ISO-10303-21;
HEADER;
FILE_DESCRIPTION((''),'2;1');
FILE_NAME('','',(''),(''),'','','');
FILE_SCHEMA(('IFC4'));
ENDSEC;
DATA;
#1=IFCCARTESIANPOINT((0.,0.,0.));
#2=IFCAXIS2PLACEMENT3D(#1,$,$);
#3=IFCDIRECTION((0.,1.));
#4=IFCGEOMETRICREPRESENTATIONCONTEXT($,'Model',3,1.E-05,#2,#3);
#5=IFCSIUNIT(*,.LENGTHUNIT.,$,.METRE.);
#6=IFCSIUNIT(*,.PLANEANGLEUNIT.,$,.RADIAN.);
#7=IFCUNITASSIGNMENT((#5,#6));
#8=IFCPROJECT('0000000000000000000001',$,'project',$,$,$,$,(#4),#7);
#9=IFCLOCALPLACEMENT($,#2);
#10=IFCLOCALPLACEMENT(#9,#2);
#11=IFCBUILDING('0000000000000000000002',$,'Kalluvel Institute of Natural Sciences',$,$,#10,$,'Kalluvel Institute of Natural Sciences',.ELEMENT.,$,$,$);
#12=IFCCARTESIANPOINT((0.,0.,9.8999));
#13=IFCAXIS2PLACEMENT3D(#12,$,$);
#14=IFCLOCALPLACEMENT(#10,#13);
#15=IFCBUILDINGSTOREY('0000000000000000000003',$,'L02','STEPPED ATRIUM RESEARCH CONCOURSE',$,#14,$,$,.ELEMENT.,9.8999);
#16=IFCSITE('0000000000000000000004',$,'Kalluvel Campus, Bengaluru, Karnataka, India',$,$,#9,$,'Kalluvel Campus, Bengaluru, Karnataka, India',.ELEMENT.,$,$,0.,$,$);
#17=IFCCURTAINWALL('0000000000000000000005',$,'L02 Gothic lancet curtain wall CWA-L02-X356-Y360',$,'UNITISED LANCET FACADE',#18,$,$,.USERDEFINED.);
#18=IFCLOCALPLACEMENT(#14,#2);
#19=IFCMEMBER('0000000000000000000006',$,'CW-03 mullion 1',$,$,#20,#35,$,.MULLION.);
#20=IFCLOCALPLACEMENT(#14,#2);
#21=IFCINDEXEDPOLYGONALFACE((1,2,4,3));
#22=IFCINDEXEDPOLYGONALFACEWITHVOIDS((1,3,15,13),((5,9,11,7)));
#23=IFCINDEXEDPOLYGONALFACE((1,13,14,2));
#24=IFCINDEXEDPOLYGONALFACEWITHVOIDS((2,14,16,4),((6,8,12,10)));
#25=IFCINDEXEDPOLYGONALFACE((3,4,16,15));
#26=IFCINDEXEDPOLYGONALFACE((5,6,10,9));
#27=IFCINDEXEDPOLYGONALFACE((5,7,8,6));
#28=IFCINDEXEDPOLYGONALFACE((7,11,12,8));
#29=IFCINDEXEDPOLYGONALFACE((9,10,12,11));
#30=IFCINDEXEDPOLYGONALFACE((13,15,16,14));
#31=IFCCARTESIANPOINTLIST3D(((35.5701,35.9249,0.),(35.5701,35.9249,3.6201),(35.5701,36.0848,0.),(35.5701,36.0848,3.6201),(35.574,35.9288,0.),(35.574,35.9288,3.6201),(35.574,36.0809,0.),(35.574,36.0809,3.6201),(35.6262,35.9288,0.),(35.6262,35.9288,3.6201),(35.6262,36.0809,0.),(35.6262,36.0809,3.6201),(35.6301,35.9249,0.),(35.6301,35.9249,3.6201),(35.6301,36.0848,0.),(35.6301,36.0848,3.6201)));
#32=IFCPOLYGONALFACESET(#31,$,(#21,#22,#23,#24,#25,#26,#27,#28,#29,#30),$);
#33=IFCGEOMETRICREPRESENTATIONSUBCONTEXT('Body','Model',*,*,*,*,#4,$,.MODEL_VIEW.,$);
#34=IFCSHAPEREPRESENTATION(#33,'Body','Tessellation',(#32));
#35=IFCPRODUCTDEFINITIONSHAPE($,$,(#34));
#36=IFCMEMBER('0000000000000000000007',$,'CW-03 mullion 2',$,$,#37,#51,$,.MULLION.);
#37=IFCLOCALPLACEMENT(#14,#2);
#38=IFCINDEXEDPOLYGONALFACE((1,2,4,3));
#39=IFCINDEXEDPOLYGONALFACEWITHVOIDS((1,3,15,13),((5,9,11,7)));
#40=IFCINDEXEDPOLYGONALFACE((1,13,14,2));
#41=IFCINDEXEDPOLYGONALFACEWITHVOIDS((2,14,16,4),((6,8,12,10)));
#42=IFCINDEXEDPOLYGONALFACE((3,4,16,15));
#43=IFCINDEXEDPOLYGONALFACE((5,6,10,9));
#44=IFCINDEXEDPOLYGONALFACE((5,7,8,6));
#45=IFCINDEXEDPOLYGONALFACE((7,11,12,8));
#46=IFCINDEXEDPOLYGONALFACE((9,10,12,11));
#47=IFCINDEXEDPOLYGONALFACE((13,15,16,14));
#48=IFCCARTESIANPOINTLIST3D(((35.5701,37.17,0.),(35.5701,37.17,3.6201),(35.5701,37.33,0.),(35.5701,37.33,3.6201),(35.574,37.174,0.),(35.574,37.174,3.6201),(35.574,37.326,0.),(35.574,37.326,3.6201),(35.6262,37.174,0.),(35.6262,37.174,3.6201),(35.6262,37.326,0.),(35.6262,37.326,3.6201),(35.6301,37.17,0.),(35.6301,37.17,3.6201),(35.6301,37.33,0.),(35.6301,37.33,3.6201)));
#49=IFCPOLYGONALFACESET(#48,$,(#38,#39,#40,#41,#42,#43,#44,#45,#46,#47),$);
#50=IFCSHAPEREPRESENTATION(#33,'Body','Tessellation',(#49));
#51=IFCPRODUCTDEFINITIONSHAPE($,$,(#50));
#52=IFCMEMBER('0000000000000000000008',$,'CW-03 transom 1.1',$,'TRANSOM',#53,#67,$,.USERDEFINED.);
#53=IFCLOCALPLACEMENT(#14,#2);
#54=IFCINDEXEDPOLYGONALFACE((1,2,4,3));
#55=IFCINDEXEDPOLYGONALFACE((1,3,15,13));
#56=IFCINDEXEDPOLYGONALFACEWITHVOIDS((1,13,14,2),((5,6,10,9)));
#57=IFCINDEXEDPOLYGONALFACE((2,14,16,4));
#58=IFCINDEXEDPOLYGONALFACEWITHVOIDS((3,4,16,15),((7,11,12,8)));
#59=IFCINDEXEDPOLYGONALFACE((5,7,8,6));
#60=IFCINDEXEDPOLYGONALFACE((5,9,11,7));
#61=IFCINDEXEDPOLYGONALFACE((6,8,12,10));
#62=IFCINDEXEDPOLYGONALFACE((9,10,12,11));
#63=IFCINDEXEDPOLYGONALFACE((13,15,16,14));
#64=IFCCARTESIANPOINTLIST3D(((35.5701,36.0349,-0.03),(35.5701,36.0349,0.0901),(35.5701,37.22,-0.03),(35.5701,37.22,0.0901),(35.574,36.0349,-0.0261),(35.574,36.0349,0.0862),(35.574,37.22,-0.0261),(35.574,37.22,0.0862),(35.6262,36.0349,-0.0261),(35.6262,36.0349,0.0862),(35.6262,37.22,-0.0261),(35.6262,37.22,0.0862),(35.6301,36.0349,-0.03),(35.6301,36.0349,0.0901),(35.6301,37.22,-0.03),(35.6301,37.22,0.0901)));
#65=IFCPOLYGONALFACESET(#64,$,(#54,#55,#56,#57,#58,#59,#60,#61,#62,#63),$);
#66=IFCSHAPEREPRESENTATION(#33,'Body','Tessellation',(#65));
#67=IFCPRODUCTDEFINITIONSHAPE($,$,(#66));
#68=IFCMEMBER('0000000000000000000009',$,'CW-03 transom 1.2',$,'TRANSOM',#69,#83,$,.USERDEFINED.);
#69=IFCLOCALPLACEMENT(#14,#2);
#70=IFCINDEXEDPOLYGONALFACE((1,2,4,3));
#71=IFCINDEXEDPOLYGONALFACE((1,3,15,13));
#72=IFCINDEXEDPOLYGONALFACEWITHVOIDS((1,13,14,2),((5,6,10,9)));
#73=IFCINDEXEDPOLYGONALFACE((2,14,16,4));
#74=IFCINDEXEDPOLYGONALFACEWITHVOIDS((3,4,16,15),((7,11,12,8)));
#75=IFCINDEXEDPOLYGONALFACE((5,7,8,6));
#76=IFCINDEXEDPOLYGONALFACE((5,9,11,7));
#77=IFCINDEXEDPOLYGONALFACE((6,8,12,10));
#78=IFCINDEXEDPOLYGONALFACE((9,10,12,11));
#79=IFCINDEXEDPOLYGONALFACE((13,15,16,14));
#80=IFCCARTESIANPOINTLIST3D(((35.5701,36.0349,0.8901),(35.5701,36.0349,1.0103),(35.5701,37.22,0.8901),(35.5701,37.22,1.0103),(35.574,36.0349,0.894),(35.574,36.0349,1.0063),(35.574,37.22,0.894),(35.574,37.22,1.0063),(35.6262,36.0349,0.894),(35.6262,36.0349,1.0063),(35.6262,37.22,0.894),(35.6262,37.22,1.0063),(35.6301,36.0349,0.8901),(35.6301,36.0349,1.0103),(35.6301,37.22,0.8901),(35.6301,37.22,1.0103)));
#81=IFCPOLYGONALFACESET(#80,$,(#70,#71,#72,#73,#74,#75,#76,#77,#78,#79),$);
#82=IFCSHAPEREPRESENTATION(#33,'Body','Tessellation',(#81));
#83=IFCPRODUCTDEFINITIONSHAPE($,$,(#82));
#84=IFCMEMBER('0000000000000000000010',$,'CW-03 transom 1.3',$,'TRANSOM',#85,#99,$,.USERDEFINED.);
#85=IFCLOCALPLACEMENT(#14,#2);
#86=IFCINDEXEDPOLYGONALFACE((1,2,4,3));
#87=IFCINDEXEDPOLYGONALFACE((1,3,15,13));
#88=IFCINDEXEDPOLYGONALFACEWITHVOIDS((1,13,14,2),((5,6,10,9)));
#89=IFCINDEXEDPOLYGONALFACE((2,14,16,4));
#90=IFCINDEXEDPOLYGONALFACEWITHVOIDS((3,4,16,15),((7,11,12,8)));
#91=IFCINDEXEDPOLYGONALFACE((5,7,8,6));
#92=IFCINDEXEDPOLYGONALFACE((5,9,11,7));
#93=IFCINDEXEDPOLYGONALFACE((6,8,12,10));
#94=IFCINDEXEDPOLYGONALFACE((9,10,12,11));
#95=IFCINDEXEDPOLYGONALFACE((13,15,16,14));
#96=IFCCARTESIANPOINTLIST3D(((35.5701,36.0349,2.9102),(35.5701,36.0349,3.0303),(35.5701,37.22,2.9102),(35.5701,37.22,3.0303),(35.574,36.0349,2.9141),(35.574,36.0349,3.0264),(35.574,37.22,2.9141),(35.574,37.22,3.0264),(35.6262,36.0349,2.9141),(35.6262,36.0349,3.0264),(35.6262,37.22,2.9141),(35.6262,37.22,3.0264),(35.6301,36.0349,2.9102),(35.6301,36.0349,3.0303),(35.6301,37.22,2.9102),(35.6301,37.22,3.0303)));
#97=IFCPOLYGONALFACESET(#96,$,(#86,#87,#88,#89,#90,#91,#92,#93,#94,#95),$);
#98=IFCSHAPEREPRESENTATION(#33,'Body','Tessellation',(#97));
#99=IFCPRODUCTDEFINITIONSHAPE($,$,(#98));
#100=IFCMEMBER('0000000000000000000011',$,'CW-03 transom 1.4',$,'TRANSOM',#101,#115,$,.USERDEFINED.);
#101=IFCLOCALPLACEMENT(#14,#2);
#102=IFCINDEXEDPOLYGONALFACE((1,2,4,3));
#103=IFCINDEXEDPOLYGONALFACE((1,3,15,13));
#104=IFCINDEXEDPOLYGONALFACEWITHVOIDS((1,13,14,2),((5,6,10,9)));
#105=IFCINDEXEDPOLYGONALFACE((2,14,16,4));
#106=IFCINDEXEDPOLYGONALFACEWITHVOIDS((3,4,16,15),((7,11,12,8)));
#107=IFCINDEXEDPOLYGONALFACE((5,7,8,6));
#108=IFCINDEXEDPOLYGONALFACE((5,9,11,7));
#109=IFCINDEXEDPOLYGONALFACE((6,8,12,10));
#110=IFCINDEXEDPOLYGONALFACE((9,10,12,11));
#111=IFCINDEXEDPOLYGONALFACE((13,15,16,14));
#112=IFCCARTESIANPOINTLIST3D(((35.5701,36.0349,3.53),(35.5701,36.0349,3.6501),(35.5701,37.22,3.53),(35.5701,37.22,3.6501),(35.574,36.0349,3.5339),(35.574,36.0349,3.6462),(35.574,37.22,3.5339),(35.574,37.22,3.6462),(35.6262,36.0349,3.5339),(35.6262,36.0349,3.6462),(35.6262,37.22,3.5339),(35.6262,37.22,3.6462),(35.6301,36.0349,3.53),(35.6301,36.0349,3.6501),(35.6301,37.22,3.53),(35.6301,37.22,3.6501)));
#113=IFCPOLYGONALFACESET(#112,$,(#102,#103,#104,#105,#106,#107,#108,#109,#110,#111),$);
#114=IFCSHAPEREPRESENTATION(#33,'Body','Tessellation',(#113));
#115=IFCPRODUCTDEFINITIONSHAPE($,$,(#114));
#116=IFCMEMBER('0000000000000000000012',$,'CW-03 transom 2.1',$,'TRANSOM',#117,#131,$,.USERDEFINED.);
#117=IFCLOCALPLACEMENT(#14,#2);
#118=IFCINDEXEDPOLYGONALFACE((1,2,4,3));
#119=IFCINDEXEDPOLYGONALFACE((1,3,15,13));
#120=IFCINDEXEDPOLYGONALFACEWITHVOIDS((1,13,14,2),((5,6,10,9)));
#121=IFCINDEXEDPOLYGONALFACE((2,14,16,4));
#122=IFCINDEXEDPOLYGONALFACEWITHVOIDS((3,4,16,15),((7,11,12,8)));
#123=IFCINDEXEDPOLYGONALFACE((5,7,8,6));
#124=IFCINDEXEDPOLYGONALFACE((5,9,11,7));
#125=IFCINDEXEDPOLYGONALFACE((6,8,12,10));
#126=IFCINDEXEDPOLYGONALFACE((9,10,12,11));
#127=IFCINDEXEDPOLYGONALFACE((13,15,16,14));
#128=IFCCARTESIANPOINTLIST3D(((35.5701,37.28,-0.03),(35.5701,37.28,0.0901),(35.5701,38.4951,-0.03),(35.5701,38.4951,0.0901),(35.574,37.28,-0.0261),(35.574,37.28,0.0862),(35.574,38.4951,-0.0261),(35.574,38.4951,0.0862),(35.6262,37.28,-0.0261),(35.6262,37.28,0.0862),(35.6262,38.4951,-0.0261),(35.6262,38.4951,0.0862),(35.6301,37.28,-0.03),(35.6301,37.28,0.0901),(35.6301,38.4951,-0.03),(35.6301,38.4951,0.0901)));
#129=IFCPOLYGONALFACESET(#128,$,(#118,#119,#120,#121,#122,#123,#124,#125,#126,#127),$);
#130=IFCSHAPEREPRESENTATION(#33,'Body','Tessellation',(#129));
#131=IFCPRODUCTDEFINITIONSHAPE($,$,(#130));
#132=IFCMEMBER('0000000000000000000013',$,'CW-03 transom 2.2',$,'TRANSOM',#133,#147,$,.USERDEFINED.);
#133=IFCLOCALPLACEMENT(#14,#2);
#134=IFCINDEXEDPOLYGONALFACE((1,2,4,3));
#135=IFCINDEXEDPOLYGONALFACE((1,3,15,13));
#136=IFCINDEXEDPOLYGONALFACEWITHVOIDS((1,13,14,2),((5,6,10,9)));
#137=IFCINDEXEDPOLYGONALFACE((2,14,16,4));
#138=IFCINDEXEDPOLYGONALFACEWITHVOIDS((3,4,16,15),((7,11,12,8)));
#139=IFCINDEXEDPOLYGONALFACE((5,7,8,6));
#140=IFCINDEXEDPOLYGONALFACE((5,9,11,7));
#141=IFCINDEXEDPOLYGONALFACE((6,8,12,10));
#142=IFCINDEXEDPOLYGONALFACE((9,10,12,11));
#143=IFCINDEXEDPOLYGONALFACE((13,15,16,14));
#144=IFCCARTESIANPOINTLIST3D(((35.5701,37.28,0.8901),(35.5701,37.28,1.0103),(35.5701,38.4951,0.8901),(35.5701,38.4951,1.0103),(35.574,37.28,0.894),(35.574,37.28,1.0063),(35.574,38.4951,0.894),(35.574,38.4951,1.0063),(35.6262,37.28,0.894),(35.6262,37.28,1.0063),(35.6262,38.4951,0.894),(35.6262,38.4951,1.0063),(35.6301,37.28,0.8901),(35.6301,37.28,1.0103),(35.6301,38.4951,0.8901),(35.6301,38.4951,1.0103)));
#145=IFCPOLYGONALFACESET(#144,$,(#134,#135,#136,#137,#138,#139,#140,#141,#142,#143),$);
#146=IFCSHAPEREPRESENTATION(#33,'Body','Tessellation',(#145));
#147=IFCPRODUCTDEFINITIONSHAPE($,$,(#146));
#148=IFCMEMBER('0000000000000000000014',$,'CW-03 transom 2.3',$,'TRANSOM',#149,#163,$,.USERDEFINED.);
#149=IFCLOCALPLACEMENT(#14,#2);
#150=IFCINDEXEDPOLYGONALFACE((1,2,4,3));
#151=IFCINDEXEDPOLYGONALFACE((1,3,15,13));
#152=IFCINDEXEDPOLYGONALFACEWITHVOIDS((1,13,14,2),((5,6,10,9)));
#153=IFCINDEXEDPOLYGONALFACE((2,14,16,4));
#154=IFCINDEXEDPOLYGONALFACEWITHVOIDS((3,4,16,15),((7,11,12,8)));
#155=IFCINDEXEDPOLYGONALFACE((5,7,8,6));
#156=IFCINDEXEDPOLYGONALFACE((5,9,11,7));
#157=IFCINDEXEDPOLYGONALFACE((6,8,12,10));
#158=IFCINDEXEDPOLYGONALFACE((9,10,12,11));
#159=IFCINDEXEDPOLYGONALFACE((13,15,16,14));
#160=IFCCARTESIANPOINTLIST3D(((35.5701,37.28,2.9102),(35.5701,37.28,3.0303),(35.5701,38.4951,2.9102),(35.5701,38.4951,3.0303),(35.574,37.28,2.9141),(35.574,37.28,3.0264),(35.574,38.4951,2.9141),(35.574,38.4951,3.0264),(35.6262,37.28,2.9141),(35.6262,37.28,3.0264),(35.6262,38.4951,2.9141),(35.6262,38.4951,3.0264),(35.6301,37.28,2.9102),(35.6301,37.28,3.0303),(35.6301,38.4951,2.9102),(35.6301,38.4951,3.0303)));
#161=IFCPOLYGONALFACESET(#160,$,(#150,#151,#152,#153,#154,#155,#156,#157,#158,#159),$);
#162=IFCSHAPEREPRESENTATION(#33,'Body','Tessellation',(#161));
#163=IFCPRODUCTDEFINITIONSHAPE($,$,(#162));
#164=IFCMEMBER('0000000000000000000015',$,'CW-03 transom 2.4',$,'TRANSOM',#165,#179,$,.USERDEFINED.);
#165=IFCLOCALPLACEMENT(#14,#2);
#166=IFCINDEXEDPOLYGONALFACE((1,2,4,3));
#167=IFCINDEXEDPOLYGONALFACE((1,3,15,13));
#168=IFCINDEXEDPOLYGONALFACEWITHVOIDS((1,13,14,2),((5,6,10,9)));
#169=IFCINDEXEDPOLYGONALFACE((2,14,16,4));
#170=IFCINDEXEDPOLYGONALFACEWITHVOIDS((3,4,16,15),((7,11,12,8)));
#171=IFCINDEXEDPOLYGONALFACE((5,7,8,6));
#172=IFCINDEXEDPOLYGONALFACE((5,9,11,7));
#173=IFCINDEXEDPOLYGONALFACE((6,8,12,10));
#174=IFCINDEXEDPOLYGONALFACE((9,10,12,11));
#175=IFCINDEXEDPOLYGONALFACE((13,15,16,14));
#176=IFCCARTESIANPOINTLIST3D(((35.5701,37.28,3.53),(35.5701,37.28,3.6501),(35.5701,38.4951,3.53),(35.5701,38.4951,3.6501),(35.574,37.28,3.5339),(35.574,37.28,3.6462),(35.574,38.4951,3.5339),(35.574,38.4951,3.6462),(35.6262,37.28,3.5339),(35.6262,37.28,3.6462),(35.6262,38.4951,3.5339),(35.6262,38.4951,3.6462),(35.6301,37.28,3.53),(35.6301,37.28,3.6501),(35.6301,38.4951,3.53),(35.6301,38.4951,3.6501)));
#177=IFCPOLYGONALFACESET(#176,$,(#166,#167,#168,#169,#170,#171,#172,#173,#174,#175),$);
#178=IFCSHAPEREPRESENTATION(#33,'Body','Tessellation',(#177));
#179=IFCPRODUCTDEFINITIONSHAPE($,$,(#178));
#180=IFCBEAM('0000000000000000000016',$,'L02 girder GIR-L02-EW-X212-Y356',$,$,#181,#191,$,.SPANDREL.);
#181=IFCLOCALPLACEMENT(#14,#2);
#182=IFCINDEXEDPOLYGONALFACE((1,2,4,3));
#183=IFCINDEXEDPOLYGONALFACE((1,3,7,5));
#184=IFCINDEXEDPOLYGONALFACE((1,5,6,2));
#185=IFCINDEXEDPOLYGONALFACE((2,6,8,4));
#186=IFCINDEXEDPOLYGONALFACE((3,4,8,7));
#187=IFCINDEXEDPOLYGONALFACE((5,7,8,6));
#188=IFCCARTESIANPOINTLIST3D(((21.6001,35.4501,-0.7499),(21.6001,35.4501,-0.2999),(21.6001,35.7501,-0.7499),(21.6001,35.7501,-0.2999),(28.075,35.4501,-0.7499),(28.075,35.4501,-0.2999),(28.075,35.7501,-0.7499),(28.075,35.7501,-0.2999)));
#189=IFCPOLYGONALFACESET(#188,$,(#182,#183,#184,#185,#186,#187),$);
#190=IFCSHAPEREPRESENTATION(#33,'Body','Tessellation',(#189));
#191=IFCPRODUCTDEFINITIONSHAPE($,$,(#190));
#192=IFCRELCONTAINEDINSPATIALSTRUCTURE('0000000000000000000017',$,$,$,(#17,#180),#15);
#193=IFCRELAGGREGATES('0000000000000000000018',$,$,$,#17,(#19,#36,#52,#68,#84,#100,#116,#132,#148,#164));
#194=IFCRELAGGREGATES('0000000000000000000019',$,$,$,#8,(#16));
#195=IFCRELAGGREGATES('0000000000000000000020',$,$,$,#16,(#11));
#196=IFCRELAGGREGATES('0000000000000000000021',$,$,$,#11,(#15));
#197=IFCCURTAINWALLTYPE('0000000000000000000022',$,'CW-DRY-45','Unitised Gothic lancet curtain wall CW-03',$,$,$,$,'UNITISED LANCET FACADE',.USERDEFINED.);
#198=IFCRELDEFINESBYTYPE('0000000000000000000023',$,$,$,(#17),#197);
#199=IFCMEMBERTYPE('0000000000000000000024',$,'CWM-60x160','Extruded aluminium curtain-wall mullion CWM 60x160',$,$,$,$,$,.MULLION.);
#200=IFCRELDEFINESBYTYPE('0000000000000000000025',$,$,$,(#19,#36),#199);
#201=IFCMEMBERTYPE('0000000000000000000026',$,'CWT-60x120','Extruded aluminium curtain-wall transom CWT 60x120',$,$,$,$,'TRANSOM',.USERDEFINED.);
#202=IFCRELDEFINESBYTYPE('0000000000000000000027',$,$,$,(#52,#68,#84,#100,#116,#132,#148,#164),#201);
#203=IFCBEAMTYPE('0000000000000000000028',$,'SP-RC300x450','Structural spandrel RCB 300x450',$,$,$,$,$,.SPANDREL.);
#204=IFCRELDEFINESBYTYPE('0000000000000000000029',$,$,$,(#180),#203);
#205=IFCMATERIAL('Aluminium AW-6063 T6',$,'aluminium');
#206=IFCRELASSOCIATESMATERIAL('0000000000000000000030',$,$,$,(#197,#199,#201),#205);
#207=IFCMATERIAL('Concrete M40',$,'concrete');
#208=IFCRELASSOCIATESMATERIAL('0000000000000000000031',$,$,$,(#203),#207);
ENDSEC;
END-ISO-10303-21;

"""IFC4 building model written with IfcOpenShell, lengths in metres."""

from ifc_helpers import new_model, si_unit, direction, frame, origin, origin_2d, place, context, subcontext, project, spatial, rectangle, hollow_rectangle, extrude, material, material_profile, profile_set, type_object, element, aggregate, save


model = new_model("IFC4")

# Units and contexts
model_context = context("Model", 3, precision=1e-05, world=origin(), true_north=direction((0.0, 1.0)))
body_context = subcontext(model_context, "Body", "Model", "MODEL_VIEW")
ifc_project = project(units=[si_unit("LENGTHUNIT", "METRE"), si_unit("PLANEANGLEUNIT", "RADIAN")], contexts=[model_context])

# Site, building, storey
site_placement = place(None, origin())
site = spatial("IfcSite", under=ifc_project, at=site_placement, Name="Kalluvel Campus, Bengaluru, Karnataka, India", LongName="Kalluvel Campus, Bengaluru, Karnataka, India", CompositionType="ELEMENT", RefElevation=0.0)
building_placement = place(site_placement, origin())
building = spatial("IfcBuilding", under=site, at=building_placement, Name="Kalluvel Institute of Natural Sciences", LongName="Kalluvel Institute of Natural Sciences", CompositionType="ELEMENT")
storey_placement = place(building_placement, frame((0.0, 0.0, 9.8999)))
storey = spatial("IfcBuildingStorey", under=building, at=storey_placement, Name="L02", Description="STEPPED ATRIUM RESEARCH CONCOURSE", CompositionType="ELEMENT", Elevation=9.8999)

# Shared definitions
ifc_material_1 = material(Name="Concrete M40", Category="concrete")

# Curtain wall, members
ifc_material_2 = material(Name="Aluminium AW-6063 T6", Category="aluminium")
curtain_wall_type = type_object("IfcCurtainWallType", Name="CW-DRY-45", Description="Unitised Gothic lancet curtain wall CW-03", ElementType="UNITISED LANCET FACADE", PredefinedType="USERDEFINED", material=ifc_material_2)
curtain_wall_placement = place(storey_placement, origin())
curtain_wall = element("IfcCurtainWall", 1, at=curtain_wall_placement, inside=storey, type_object=curtain_wall_type, Name="L02 Gothic lancet curtain wall CWA-L02-X356-Y360", ObjectType="UNITISED LANCET FACADE", PredefinedType="USERDEFINED")
ifc_material_profile_1 = material_profile(ifc_material_2, hollow_rectangle(XDim=0.0601, YDim=0.1599, WallThickness=0.0039, at=origin_2d()), Name="CWM 60x160")
ifc_profile_set_1 = profile_set([ifc_material_profile_1], Name="Aluminium AW-6063 T6")
member_type_1 = type_object("IfcMemberType", Name="CWM-60x160", Description="Extruded aluminium curtain-wall mullion CWM 60x160", PredefinedType="MULLION", material=ifc_profile_set_1)
member_1_placement = place(storey_placement, frame((35.6001, 36.0049, 0.0), z_axis=(0.0, 0.0, 1.0), x_axis=(-1.0, 0.0, 0.0)))
member_1 = element("IfcMember", 2, at=member_1_placement, type_object=member_type_1, Name="CW-03 mullion 1", PredefinedType="MULLION", context=body_context, shape_type="SweptSolid", body=[
    extrude(hollow_rectangle(XDim=0.0601, YDim=0.1599, WallThickness=0.0039, at=origin_2d()), origin(), (0.0, 0.0, 1.0), 3.6201),
])
member_2_placement = place(storey_placement, frame((35.6001, 37.25, 0.0), z_axis=(0.0, 0.0, 1.0), x_axis=(-1.0, 0.0, 0.0)))
member_2 = element("IfcMember", 3, at=member_2_placement, type_object=member_type_1, Name="CW-03 mullion 2", PredefinedType="MULLION", context=body_context, shape_type="SweptSolid", body=[
    extrude(hollow_rectangle(XDim=0.0601, YDim=0.1599, WallThickness=0.0039, at=origin_2d()), origin(), (0.0, 0.0, 1.0), 3.6201),
])
ifc_material_profile_2 = material_profile(ifc_material_2, hollow_rectangle(XDim=0.0601, YDim=0.1201, WallThickness=0.0039, at=origin_2d()), Name="CWT 60x120")
ifc_profile_set_2 = profile_set([ifc_material_profile_2], Name="Aluminium AW-6063 T6")
member_type_2 = type_object("IfcMemberType", Name="CWT-60x120", Description="Extruded aluminium curtain-wall transom CWT 60x120", ElementType="TRANSOM", PredefinedType="USERDEFINED", material=ifc_profile_set_2)
member_3_placement = place(storey_placement, frame((35.6001, 36.0349, 0.03), z_axis=(0.0, 1.0, 0.0), x_axis=(-1.0, 0.0, 0.0)))
member_3 = element("IfcMember", 4, at=member_3_placement, type_object=member_type_2, Name="CW-03 transom 1.1", ObjectType="TRANSOM", PredefinedType="USERDEFINED", context=body_context, shape_type="SweptSolid", body=[
    extrude(hollow_rectangle(XDim=0.0601, YDim=0.1201, WallThickness=0.0039, at=origin_2d()), origin(), (0.0, 0.0, 1.0), 1.1851),
])
member_4_placement = place(storey_placement, frame((35.6001, 36.0349, 0.9502), z_axis=(0.0, 1.0, 0.0), x_axis=(-1.0, 0.0, 0.0)))
member_4 = element("IfcMember", 5, at=member_4_placement, type_object=member_type_2, Name="CW-03 transom 1.2", ObjectType="TRANSOM", PredefinedType="USERDEFINED", context=body_context, shape_type="SweptSolid", body=[
    extrude(hollow_rectangle(XDim=0.0601, YDim=0.1201, WallThickness=0.0039, at=origin_2d()), origin(), (0.0, 0.0, 1.0), 1.1851),
])
member_5_placement = place(storey_placement, frame((35.6001, 36.0349, 2.9702), z_axis=(0.0, 1.0, 0.0), x_axis=(-1.0, 0.0, 0.0)))
member_5 = element("IfcMember", 6, at=member_5_placement, type_object=member_type_2, Name="CW-03 transom 1.3", ObjectType="TRANSOM", PredefinedType="USERDEFINED", context=body_context, shape_type="SweptSolid", body=[
    extrude(hollow_rectangle(XDim=0.0601, YDim=0.1201, WallThickness=0.0039, at=origin_2d()), origin(), (0.0, 0.0, 1.0), 1.1851),
])
member_6_placement = place(storey_placement, frame((35.6001, 36.0349, 3.5901), z_axis=(0.0, 1.0, 0.0), x_axis=(-1.0, 0.0, 0.0)))
member_6 = element("IfcMember", 7, at=member_6_placement, type_object=member_type_2, Name="CW-03 transom 1.4", ObjectType="TRANSOM", PredefinedType="USERDEFINED", context=body_context, shape_type="SweptSolid", body=[
    extrude(hollow_rectangle(XDim=0.0601, YDim=0.1201, WallThickness=0.0039, at=origin_2d()), origin(), (0.0, 0.0, 1.0), 1.1851),
])
member_7_placement = place(storey_placement, frame((35.6001, 37.28, 0.03), z_axis=(0.0, 1.0, 0.0), x_axis=(-1.0, 0.0, 0.0)))
member_7 = element("IfcMember", 8, at=member_7_placement, type_object=member_type_2, Name="CW-03 transom 2.1", ObjectType="TRANSOM", PredefinedType="USERDEFINED", context=body_context, shape_type="SweptSolid", body=[
    extrude(hollow_rectangle(XDim=0.0601, YDim=0.1201, WallThickness=0.0039, at=origin_2d()), origin(), (0.0, 0.0, 1.0), 1.2151),
])
member_8_placement = place(storey_placement, frame((35.6001, 37.28, 0.9502), z_axis=(0.0, 1.0, 0.0), x_axis=(-1.0, 0.0, 0.0)))
member_8 = element("IfcMember", 9, at=member_8_placement, type_object=member_type_2, Name="CW-03 transom 2.2", ObjectType="TRANSOM", PredefinedType="USERDEFINED", context=body_context, shape_type="SweptSolid", body=[
    extrude(hollow_rectangle(XDim=0.0601, YDim=0.1201, WallThickness=0.0039, at=origin_2d()), origin(), (0.0, 0.0, 1.0), 1.2151),
])
member_9_placement = place(storey_placement, frame((35.6001, 37.28, 2.9702), z_axis=(0.0, 1.0, 0.0), x_axis=(-1.0, 0.0, 0.0)))
member_9 = element("IfcMember", 10, at=member_9_placement, type_object=member_type_2, Name="CW-03 transom 2.3", ObjectType="TRANSOM", PredefinedType="USERDEFINED", context=body_context, shape_type="SweptSolid", body=[
    extrude(hollow_rectangle(XDim=0.0601, YDim=0.1201, WallThickness=0.0039, at=origin_2d()), origin(), (0.0, 0.0, 1.0), 1.2151),
])
member_10_placement = place(storey_placement, frame((35.6001, 37.28, 3.5901), z_axis=(0.0, 1.0, 0.0), x_axis=(-1.0, 0.0, 0.0)))
member_10 = element("IfcMember", 11, at=member_10_placement, type_object=member_type_2, Name="CW-03 transom 2.4", ObjectType="TRANSOM", PredefinedType="USERDEFINED", context=body_context, shape_type="SweptSolid", body=[
    extrude(hollow_rectangle(XDim=0.0601, YDim=0.1201, WallThickness=0.0039, at=origin_2d()), origin(), (0.0, 0.0, 1.0), 1.2151),
])

# Beam
ifc_material_profile_3 = material_profile(ifc_material_1, rectangle(XDim=0.3, YDim=0.45, at=origin_2d()), Name="RCB 300x450")
ifc_profile_set_3 = profile_set([ifc_material_profile_3], Name="Concrete M40")
beam_type_1 = type_object("IfcBeamType", Name="SP-RC300x450", Description="Structural spandrel RCB 300x450", PredefinedType="SPANDREL", material=ifc_profile_set_3)
beam_1_placement = place(storey_placement, frame((21.6001, 35.6001, -0.5249), z_axis=(1.0, 0.0, 0.0), x_axis=(0.0, 1.0, 0.0)))
element("IfcBeam", 12, at=beam_1_placement, inside=storey, type_object=beam_type_1, Name="L02 girder GIR-L02-EW-X212-Y356", PredefinedType="SPANDREL", context=body_context, shape_type="SweptSolid", body=[
    extrude(rectangle(XDim=0.3, YDim=0.45, at=origin_2d()), origin(), (0.0, 0.0, 1.0), 6.4749),
])

aggregate(curtain_wall, [member_1, member_2, member_3, member_4, member_5, member_6, member_7, member_8, member_9, member_10])

save(model, "model.ifc")
